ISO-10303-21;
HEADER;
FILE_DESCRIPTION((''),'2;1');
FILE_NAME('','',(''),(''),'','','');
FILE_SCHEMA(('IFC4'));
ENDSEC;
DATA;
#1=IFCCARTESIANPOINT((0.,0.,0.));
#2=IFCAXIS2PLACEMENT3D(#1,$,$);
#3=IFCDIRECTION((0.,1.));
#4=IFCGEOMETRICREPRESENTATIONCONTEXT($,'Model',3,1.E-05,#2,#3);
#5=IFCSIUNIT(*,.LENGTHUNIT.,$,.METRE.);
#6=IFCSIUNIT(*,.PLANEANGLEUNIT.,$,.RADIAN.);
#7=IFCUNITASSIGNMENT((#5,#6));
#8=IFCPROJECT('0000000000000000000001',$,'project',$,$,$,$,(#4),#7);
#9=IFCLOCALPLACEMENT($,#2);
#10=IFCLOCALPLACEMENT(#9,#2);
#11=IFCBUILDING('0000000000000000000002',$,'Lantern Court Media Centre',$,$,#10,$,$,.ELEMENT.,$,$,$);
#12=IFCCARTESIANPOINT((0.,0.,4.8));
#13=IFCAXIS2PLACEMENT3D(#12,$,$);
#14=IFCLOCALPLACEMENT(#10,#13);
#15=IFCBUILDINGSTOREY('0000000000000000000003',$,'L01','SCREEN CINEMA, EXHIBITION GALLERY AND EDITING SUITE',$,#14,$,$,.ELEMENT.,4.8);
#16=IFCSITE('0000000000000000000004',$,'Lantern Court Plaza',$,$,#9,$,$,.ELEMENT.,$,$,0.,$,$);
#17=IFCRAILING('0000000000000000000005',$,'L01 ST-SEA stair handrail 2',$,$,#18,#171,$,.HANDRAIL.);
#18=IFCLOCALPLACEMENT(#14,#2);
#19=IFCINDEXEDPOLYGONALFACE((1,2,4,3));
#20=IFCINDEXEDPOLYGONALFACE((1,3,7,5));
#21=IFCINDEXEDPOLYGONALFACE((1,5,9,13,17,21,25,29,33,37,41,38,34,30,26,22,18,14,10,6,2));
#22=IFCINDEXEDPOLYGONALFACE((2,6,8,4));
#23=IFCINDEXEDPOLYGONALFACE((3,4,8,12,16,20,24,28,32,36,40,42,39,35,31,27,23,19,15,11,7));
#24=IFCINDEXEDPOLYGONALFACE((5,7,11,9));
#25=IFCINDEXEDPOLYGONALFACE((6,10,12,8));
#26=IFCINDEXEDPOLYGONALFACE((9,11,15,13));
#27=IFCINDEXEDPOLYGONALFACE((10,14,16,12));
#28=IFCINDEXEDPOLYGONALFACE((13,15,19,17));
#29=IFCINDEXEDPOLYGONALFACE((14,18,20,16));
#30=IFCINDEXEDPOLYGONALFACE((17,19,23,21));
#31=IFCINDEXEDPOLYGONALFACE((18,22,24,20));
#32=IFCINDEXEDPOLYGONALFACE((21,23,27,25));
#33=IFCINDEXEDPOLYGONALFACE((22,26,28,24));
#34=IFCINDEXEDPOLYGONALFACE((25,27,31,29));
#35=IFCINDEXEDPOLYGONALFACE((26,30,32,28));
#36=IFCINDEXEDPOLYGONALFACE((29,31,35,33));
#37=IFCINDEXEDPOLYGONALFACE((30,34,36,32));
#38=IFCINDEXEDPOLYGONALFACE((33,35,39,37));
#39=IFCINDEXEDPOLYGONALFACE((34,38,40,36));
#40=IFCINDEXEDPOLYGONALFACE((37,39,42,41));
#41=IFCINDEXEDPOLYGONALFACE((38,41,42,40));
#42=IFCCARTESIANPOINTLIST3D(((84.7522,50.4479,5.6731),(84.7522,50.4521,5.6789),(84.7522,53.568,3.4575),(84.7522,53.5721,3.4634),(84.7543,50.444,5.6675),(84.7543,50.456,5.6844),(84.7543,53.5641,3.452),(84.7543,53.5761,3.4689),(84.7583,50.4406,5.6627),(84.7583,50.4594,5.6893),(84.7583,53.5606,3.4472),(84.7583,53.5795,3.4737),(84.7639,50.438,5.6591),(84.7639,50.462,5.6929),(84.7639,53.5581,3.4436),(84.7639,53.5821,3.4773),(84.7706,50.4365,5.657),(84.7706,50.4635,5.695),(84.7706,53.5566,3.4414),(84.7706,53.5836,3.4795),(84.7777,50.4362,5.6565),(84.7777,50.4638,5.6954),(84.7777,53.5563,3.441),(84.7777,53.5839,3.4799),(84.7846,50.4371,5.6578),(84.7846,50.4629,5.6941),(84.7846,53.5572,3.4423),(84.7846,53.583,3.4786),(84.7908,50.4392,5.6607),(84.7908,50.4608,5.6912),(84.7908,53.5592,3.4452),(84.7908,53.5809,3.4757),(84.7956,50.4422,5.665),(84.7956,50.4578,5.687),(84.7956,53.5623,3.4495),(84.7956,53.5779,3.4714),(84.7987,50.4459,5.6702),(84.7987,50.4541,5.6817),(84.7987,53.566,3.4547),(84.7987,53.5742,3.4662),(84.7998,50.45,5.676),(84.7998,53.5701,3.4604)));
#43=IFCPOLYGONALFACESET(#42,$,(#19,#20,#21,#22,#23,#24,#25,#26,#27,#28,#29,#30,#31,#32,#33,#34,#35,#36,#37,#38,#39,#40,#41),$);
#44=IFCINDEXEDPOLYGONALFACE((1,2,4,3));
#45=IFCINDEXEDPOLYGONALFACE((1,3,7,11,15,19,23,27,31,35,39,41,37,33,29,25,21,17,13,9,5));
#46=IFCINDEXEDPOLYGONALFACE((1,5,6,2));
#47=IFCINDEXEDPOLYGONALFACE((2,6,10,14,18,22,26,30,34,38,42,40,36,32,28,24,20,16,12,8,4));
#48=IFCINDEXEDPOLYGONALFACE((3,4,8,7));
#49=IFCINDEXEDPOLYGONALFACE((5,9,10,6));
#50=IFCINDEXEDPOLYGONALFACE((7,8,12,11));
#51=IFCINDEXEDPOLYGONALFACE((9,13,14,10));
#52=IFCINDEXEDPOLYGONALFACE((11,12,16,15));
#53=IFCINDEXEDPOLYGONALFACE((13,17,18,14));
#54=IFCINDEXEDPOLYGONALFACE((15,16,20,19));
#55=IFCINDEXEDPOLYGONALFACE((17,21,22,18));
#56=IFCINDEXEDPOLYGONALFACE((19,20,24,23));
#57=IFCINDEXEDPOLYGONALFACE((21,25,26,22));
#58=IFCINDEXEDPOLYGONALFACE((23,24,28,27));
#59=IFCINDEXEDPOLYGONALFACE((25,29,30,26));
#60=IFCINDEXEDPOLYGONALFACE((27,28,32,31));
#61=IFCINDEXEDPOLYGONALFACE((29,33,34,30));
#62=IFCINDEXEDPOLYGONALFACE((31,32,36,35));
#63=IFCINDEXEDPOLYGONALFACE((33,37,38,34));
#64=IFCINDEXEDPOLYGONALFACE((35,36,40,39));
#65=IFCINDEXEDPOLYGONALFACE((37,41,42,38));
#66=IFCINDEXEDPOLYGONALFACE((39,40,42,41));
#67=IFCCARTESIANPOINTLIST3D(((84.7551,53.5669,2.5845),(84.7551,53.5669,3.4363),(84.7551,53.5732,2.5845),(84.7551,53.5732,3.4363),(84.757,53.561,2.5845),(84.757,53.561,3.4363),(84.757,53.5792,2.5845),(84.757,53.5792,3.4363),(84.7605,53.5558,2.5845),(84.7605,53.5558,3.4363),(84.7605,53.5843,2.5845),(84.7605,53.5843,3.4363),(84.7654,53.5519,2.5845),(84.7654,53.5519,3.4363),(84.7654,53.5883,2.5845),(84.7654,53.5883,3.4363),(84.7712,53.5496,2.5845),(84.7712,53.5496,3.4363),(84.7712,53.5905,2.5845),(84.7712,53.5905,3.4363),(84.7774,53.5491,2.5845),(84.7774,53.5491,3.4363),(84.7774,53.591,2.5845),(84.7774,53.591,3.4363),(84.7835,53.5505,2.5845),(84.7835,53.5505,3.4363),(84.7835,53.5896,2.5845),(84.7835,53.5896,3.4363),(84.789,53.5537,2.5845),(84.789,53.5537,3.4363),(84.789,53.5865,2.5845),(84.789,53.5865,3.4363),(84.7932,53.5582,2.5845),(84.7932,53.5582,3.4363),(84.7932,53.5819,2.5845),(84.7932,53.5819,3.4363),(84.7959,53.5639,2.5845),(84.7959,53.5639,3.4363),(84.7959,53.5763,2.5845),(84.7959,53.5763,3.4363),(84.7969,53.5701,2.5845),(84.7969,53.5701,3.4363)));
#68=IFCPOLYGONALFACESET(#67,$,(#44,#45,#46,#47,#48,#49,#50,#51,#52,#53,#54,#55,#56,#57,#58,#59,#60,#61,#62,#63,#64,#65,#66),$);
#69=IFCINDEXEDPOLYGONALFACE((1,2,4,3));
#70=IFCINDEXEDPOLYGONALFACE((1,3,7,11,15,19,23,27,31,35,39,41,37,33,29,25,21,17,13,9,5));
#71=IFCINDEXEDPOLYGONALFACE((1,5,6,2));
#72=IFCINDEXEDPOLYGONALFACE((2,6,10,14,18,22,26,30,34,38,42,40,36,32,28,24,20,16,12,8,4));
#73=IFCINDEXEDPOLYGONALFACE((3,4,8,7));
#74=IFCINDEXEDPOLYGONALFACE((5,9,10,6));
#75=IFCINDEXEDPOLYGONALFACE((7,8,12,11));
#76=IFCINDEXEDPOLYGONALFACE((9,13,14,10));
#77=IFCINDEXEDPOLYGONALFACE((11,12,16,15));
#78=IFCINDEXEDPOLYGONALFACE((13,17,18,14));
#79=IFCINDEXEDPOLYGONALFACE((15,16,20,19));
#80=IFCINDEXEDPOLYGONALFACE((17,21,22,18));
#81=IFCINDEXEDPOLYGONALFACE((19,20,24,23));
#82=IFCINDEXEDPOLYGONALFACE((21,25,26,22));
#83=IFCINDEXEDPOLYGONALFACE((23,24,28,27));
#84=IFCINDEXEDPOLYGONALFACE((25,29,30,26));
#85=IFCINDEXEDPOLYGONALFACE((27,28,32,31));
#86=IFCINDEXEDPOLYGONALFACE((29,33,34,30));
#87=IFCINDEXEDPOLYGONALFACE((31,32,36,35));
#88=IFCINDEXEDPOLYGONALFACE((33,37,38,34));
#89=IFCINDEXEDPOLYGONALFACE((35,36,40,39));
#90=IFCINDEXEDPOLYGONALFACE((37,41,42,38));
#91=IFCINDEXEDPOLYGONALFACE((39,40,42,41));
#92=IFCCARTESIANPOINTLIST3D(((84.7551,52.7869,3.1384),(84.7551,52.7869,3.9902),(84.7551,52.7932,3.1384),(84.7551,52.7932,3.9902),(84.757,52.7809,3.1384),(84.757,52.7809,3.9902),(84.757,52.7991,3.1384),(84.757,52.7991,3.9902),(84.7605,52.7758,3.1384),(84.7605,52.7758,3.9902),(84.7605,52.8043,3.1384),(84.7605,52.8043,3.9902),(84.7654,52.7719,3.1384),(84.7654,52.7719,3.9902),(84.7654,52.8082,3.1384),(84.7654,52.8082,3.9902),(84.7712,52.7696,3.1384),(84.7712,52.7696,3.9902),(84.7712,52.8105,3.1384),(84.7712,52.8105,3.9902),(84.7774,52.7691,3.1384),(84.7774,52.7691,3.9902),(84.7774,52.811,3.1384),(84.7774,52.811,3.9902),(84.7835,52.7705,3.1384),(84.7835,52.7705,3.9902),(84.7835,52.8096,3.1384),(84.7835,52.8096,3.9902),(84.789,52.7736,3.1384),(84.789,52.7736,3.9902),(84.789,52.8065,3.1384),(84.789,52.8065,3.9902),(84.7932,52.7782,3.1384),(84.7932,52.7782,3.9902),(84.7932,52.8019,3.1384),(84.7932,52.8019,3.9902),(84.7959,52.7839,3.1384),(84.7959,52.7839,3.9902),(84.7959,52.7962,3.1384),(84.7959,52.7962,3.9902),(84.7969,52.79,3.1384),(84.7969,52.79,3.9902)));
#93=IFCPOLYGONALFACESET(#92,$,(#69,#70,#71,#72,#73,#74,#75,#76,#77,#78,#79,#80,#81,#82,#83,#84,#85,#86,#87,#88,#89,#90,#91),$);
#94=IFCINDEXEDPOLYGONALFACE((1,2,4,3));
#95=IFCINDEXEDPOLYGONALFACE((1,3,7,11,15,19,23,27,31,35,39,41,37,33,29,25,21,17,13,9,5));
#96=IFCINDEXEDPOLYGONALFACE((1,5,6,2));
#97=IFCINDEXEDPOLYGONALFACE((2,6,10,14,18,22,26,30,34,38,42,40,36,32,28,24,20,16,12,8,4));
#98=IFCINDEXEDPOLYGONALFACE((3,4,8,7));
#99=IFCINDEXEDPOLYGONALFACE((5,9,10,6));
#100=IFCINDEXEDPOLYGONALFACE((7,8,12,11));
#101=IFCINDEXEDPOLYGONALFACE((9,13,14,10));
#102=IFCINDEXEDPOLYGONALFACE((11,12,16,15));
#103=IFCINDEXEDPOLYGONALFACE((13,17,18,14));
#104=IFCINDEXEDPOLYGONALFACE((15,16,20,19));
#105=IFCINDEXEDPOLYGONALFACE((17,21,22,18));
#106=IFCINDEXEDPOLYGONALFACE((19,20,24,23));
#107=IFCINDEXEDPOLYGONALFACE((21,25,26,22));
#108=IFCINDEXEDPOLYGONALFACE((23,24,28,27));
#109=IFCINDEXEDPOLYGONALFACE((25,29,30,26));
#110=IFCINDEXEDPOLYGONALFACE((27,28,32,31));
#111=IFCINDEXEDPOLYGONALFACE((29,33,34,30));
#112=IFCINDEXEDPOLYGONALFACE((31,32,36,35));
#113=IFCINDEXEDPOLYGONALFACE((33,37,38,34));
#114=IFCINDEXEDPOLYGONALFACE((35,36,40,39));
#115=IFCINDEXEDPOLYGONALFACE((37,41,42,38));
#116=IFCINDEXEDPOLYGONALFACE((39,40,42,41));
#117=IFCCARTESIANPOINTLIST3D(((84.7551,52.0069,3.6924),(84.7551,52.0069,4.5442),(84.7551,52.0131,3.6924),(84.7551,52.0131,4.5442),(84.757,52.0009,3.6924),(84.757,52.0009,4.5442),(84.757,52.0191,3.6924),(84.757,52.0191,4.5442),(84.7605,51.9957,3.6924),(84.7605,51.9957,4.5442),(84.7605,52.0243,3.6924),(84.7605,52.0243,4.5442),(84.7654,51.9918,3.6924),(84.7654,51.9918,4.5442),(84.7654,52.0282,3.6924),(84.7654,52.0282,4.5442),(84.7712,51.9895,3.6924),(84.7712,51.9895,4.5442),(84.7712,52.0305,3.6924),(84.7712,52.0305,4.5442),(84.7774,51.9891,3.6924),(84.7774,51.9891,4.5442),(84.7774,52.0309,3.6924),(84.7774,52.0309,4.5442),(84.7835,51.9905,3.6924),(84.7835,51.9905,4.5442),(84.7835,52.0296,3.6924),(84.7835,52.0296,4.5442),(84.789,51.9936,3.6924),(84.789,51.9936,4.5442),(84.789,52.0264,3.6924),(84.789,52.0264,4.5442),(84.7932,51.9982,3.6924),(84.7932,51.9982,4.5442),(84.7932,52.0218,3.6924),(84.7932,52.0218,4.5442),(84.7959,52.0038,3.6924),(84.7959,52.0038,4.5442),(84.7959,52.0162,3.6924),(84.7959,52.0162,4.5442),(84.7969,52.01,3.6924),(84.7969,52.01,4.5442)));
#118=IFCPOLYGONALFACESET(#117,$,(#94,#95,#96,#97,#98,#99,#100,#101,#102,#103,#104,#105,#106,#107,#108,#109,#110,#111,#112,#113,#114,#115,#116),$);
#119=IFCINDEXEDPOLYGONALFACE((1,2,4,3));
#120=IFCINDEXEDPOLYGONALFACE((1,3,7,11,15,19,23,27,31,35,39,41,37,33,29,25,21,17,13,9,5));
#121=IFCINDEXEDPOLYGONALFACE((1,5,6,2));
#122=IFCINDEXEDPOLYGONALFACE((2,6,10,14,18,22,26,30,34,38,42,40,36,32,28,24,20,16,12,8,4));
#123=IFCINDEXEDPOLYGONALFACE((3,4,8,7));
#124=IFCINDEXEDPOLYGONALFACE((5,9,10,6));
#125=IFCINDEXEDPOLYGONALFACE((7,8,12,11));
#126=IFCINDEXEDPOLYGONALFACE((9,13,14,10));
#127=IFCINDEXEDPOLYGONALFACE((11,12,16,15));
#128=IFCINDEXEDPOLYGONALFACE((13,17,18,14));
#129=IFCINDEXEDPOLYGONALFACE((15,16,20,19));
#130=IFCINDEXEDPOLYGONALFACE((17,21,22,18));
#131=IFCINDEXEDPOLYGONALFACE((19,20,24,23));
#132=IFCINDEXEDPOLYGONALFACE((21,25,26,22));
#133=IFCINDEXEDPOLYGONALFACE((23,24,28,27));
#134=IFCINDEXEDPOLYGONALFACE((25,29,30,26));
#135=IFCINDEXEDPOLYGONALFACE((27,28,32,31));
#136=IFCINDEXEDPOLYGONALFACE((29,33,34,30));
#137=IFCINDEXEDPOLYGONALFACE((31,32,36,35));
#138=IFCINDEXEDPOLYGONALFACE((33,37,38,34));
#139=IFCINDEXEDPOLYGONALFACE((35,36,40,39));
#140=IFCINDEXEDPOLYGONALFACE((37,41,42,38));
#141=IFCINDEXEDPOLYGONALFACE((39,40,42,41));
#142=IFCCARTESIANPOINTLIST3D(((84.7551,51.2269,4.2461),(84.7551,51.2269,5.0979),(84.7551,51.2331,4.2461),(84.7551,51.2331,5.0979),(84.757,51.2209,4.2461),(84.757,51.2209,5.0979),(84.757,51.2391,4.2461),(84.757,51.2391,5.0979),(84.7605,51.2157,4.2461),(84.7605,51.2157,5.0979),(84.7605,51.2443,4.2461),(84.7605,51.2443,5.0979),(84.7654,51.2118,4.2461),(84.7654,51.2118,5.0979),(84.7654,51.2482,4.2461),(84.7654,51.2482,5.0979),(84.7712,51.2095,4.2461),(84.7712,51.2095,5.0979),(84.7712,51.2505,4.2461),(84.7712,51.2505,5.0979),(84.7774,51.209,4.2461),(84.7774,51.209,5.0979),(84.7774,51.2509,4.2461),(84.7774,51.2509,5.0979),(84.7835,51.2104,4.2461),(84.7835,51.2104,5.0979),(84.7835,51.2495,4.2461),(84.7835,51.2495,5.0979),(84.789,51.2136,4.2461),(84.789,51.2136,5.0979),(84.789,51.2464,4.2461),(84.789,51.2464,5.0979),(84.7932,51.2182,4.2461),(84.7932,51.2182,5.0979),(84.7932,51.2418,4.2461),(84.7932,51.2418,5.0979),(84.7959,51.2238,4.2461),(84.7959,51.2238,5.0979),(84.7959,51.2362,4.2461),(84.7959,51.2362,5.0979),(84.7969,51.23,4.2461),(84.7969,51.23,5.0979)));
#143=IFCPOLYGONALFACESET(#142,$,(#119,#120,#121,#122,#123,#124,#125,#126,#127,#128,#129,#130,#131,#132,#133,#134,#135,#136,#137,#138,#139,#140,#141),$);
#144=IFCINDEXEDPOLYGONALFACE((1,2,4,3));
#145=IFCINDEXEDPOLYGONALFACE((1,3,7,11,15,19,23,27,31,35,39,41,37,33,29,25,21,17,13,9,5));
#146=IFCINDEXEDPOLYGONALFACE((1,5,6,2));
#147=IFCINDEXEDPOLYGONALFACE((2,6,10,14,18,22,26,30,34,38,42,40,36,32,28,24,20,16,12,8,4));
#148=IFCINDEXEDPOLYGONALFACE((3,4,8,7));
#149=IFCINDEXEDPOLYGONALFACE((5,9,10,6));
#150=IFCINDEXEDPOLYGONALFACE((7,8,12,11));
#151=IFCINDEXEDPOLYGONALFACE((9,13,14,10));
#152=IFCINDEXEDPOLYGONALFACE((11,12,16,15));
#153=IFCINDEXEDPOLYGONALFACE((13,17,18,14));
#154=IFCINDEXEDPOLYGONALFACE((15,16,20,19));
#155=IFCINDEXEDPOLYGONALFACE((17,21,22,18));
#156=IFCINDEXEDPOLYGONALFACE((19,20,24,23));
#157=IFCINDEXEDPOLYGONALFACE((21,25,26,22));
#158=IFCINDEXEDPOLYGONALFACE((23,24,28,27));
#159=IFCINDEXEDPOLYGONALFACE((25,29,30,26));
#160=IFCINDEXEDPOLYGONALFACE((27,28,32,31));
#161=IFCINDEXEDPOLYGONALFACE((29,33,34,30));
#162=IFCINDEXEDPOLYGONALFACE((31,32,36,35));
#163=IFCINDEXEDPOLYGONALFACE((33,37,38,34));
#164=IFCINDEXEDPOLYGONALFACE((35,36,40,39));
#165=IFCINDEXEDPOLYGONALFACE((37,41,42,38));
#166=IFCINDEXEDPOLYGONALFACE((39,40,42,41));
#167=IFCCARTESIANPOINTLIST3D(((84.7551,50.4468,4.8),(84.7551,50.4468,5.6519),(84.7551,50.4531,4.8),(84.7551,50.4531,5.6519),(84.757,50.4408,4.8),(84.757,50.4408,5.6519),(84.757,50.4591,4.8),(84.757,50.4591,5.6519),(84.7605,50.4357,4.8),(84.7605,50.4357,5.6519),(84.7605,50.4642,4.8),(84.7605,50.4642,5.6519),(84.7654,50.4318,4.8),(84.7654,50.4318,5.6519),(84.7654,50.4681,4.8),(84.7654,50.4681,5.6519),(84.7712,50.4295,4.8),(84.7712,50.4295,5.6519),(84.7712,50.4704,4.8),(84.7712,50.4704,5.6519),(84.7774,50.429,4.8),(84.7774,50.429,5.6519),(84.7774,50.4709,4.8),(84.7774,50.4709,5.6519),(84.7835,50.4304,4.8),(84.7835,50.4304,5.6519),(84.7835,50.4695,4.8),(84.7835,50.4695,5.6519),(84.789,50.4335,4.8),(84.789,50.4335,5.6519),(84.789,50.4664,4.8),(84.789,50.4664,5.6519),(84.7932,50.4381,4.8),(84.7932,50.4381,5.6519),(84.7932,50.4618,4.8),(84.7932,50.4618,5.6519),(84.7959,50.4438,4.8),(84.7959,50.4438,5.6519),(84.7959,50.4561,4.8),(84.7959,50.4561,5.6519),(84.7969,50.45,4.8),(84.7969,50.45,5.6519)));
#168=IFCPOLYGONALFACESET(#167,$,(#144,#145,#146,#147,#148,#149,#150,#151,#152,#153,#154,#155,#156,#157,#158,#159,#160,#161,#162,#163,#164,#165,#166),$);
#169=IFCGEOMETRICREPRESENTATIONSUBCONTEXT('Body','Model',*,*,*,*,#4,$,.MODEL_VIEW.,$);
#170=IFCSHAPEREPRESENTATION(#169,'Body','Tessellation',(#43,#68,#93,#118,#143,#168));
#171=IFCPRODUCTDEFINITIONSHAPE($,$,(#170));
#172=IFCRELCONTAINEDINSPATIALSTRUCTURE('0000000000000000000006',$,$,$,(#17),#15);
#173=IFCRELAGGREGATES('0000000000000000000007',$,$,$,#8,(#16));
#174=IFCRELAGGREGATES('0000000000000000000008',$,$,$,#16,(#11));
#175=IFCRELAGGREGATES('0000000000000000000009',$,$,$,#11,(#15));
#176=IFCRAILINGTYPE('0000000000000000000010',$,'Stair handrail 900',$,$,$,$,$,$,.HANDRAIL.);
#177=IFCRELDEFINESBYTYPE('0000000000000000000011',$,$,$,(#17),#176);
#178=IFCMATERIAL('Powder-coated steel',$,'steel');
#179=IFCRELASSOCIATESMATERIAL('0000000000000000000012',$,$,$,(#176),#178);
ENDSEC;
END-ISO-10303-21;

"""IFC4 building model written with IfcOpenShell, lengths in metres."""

from ifc_helpers import new_model, si_unit, direction, frame, origin, origin_2d, place, context, subcontext, project, spatial, circle, extrude, material, type_object, element, save


model = new_model("IFC4")

# Units and contexts
model_context = context("Model", 3, precision=1e-05, world=origin(), true_north=direction((0.0, 1.0)))
body_context = subcontext(model_context, "Body", "Model", "MODEL_VIEW")
ifc_project = project(units=[si_unit("LENGTHUNIT", "METRE"), si_unit("PLANEANGLEUNIT", "RADIAN")], contexts=[model_context])

# Site, building, storey
site_placement = place(None, origin())
site = spatial("IfcSite", under=ifc_project, at=site_placement, Name="Lantern Court Plaza", CompositionType="ELEMENT", RefElevation=0.0)
building_placement = place(site_placement, origin())
building = spatial("IfcBuilding", under=site, at=building_placement, Name="Lantern Court Media Centre", CompositionType="ELEMENT")
storey_placement = place(building_placement, frame((0.0, 0.0, 4.8)))
storey = spatial("IfcBuildingStorey", under=building, at=storey_placement, Name="L01", Description="SCREEN CINEMA, EXHIBITION GALLERY AND EDITING SUITE", CompositionType="ELEMENT", Elevation=4.8)

# Railing
ifc_material_1 = material(Name="Powder-coated steel", Category="steel")
railing_type_1 = type_object("IfcRailingType", Name="Stair handrail 900", PredefinedType="HANDRAIL", material=ifc_material_1)
railing_1_placement = place(storey_placement, frame((84.7759, 53.5701, 2.5845)))
element("IfcRailing", 1, at=railing_1_placement, inside=storey, type_object=railing_type_1, Name="L01 ST-SEA stair handrail 2", PredefinedType="HANDRAIL", context=body_context, shape_type="SweptSolid", body=[
    extrude(circle(Radius=0.0239, at=origin_2d()), frame((0.0, 0.0, 0.876), z_axis=(0.0, -0.815347, 0.578973), x_axis=(1.0, 0.0, 0.0)), (0.0, 0.0, 1.0), 3.8267),
    extrude(circle(Radius=0.021, at=origin_2d()), origin(), (0.0, 0.0, 1.0), 0.8518),
    extrude(circle(Radius=0.021, at=origin_2d()), frame((0.0, -0.78, 0.554)), (0.0, 0.0, 1.0), 0.8518),
    extrude(circle(Radius=0.021, at=origin_2d()), frame((0.0, -1.5601, 1.1079)), (0.0, 0.0, 1.0), 0.8518),
    extrude(circle(Radius=0.021, at=origin_2d()), frame((0.0, -2.3401, 1.6616)), (0.0, 0.0, 1.0), 0.8518),
    extrude(circle(Radius=0.021, at=origin_2d()), frame((0.0, -3.1201, 2.2156)), (0.0, 0.0, 1.0), 0.8518),
])

save(model, "model.ifc")
